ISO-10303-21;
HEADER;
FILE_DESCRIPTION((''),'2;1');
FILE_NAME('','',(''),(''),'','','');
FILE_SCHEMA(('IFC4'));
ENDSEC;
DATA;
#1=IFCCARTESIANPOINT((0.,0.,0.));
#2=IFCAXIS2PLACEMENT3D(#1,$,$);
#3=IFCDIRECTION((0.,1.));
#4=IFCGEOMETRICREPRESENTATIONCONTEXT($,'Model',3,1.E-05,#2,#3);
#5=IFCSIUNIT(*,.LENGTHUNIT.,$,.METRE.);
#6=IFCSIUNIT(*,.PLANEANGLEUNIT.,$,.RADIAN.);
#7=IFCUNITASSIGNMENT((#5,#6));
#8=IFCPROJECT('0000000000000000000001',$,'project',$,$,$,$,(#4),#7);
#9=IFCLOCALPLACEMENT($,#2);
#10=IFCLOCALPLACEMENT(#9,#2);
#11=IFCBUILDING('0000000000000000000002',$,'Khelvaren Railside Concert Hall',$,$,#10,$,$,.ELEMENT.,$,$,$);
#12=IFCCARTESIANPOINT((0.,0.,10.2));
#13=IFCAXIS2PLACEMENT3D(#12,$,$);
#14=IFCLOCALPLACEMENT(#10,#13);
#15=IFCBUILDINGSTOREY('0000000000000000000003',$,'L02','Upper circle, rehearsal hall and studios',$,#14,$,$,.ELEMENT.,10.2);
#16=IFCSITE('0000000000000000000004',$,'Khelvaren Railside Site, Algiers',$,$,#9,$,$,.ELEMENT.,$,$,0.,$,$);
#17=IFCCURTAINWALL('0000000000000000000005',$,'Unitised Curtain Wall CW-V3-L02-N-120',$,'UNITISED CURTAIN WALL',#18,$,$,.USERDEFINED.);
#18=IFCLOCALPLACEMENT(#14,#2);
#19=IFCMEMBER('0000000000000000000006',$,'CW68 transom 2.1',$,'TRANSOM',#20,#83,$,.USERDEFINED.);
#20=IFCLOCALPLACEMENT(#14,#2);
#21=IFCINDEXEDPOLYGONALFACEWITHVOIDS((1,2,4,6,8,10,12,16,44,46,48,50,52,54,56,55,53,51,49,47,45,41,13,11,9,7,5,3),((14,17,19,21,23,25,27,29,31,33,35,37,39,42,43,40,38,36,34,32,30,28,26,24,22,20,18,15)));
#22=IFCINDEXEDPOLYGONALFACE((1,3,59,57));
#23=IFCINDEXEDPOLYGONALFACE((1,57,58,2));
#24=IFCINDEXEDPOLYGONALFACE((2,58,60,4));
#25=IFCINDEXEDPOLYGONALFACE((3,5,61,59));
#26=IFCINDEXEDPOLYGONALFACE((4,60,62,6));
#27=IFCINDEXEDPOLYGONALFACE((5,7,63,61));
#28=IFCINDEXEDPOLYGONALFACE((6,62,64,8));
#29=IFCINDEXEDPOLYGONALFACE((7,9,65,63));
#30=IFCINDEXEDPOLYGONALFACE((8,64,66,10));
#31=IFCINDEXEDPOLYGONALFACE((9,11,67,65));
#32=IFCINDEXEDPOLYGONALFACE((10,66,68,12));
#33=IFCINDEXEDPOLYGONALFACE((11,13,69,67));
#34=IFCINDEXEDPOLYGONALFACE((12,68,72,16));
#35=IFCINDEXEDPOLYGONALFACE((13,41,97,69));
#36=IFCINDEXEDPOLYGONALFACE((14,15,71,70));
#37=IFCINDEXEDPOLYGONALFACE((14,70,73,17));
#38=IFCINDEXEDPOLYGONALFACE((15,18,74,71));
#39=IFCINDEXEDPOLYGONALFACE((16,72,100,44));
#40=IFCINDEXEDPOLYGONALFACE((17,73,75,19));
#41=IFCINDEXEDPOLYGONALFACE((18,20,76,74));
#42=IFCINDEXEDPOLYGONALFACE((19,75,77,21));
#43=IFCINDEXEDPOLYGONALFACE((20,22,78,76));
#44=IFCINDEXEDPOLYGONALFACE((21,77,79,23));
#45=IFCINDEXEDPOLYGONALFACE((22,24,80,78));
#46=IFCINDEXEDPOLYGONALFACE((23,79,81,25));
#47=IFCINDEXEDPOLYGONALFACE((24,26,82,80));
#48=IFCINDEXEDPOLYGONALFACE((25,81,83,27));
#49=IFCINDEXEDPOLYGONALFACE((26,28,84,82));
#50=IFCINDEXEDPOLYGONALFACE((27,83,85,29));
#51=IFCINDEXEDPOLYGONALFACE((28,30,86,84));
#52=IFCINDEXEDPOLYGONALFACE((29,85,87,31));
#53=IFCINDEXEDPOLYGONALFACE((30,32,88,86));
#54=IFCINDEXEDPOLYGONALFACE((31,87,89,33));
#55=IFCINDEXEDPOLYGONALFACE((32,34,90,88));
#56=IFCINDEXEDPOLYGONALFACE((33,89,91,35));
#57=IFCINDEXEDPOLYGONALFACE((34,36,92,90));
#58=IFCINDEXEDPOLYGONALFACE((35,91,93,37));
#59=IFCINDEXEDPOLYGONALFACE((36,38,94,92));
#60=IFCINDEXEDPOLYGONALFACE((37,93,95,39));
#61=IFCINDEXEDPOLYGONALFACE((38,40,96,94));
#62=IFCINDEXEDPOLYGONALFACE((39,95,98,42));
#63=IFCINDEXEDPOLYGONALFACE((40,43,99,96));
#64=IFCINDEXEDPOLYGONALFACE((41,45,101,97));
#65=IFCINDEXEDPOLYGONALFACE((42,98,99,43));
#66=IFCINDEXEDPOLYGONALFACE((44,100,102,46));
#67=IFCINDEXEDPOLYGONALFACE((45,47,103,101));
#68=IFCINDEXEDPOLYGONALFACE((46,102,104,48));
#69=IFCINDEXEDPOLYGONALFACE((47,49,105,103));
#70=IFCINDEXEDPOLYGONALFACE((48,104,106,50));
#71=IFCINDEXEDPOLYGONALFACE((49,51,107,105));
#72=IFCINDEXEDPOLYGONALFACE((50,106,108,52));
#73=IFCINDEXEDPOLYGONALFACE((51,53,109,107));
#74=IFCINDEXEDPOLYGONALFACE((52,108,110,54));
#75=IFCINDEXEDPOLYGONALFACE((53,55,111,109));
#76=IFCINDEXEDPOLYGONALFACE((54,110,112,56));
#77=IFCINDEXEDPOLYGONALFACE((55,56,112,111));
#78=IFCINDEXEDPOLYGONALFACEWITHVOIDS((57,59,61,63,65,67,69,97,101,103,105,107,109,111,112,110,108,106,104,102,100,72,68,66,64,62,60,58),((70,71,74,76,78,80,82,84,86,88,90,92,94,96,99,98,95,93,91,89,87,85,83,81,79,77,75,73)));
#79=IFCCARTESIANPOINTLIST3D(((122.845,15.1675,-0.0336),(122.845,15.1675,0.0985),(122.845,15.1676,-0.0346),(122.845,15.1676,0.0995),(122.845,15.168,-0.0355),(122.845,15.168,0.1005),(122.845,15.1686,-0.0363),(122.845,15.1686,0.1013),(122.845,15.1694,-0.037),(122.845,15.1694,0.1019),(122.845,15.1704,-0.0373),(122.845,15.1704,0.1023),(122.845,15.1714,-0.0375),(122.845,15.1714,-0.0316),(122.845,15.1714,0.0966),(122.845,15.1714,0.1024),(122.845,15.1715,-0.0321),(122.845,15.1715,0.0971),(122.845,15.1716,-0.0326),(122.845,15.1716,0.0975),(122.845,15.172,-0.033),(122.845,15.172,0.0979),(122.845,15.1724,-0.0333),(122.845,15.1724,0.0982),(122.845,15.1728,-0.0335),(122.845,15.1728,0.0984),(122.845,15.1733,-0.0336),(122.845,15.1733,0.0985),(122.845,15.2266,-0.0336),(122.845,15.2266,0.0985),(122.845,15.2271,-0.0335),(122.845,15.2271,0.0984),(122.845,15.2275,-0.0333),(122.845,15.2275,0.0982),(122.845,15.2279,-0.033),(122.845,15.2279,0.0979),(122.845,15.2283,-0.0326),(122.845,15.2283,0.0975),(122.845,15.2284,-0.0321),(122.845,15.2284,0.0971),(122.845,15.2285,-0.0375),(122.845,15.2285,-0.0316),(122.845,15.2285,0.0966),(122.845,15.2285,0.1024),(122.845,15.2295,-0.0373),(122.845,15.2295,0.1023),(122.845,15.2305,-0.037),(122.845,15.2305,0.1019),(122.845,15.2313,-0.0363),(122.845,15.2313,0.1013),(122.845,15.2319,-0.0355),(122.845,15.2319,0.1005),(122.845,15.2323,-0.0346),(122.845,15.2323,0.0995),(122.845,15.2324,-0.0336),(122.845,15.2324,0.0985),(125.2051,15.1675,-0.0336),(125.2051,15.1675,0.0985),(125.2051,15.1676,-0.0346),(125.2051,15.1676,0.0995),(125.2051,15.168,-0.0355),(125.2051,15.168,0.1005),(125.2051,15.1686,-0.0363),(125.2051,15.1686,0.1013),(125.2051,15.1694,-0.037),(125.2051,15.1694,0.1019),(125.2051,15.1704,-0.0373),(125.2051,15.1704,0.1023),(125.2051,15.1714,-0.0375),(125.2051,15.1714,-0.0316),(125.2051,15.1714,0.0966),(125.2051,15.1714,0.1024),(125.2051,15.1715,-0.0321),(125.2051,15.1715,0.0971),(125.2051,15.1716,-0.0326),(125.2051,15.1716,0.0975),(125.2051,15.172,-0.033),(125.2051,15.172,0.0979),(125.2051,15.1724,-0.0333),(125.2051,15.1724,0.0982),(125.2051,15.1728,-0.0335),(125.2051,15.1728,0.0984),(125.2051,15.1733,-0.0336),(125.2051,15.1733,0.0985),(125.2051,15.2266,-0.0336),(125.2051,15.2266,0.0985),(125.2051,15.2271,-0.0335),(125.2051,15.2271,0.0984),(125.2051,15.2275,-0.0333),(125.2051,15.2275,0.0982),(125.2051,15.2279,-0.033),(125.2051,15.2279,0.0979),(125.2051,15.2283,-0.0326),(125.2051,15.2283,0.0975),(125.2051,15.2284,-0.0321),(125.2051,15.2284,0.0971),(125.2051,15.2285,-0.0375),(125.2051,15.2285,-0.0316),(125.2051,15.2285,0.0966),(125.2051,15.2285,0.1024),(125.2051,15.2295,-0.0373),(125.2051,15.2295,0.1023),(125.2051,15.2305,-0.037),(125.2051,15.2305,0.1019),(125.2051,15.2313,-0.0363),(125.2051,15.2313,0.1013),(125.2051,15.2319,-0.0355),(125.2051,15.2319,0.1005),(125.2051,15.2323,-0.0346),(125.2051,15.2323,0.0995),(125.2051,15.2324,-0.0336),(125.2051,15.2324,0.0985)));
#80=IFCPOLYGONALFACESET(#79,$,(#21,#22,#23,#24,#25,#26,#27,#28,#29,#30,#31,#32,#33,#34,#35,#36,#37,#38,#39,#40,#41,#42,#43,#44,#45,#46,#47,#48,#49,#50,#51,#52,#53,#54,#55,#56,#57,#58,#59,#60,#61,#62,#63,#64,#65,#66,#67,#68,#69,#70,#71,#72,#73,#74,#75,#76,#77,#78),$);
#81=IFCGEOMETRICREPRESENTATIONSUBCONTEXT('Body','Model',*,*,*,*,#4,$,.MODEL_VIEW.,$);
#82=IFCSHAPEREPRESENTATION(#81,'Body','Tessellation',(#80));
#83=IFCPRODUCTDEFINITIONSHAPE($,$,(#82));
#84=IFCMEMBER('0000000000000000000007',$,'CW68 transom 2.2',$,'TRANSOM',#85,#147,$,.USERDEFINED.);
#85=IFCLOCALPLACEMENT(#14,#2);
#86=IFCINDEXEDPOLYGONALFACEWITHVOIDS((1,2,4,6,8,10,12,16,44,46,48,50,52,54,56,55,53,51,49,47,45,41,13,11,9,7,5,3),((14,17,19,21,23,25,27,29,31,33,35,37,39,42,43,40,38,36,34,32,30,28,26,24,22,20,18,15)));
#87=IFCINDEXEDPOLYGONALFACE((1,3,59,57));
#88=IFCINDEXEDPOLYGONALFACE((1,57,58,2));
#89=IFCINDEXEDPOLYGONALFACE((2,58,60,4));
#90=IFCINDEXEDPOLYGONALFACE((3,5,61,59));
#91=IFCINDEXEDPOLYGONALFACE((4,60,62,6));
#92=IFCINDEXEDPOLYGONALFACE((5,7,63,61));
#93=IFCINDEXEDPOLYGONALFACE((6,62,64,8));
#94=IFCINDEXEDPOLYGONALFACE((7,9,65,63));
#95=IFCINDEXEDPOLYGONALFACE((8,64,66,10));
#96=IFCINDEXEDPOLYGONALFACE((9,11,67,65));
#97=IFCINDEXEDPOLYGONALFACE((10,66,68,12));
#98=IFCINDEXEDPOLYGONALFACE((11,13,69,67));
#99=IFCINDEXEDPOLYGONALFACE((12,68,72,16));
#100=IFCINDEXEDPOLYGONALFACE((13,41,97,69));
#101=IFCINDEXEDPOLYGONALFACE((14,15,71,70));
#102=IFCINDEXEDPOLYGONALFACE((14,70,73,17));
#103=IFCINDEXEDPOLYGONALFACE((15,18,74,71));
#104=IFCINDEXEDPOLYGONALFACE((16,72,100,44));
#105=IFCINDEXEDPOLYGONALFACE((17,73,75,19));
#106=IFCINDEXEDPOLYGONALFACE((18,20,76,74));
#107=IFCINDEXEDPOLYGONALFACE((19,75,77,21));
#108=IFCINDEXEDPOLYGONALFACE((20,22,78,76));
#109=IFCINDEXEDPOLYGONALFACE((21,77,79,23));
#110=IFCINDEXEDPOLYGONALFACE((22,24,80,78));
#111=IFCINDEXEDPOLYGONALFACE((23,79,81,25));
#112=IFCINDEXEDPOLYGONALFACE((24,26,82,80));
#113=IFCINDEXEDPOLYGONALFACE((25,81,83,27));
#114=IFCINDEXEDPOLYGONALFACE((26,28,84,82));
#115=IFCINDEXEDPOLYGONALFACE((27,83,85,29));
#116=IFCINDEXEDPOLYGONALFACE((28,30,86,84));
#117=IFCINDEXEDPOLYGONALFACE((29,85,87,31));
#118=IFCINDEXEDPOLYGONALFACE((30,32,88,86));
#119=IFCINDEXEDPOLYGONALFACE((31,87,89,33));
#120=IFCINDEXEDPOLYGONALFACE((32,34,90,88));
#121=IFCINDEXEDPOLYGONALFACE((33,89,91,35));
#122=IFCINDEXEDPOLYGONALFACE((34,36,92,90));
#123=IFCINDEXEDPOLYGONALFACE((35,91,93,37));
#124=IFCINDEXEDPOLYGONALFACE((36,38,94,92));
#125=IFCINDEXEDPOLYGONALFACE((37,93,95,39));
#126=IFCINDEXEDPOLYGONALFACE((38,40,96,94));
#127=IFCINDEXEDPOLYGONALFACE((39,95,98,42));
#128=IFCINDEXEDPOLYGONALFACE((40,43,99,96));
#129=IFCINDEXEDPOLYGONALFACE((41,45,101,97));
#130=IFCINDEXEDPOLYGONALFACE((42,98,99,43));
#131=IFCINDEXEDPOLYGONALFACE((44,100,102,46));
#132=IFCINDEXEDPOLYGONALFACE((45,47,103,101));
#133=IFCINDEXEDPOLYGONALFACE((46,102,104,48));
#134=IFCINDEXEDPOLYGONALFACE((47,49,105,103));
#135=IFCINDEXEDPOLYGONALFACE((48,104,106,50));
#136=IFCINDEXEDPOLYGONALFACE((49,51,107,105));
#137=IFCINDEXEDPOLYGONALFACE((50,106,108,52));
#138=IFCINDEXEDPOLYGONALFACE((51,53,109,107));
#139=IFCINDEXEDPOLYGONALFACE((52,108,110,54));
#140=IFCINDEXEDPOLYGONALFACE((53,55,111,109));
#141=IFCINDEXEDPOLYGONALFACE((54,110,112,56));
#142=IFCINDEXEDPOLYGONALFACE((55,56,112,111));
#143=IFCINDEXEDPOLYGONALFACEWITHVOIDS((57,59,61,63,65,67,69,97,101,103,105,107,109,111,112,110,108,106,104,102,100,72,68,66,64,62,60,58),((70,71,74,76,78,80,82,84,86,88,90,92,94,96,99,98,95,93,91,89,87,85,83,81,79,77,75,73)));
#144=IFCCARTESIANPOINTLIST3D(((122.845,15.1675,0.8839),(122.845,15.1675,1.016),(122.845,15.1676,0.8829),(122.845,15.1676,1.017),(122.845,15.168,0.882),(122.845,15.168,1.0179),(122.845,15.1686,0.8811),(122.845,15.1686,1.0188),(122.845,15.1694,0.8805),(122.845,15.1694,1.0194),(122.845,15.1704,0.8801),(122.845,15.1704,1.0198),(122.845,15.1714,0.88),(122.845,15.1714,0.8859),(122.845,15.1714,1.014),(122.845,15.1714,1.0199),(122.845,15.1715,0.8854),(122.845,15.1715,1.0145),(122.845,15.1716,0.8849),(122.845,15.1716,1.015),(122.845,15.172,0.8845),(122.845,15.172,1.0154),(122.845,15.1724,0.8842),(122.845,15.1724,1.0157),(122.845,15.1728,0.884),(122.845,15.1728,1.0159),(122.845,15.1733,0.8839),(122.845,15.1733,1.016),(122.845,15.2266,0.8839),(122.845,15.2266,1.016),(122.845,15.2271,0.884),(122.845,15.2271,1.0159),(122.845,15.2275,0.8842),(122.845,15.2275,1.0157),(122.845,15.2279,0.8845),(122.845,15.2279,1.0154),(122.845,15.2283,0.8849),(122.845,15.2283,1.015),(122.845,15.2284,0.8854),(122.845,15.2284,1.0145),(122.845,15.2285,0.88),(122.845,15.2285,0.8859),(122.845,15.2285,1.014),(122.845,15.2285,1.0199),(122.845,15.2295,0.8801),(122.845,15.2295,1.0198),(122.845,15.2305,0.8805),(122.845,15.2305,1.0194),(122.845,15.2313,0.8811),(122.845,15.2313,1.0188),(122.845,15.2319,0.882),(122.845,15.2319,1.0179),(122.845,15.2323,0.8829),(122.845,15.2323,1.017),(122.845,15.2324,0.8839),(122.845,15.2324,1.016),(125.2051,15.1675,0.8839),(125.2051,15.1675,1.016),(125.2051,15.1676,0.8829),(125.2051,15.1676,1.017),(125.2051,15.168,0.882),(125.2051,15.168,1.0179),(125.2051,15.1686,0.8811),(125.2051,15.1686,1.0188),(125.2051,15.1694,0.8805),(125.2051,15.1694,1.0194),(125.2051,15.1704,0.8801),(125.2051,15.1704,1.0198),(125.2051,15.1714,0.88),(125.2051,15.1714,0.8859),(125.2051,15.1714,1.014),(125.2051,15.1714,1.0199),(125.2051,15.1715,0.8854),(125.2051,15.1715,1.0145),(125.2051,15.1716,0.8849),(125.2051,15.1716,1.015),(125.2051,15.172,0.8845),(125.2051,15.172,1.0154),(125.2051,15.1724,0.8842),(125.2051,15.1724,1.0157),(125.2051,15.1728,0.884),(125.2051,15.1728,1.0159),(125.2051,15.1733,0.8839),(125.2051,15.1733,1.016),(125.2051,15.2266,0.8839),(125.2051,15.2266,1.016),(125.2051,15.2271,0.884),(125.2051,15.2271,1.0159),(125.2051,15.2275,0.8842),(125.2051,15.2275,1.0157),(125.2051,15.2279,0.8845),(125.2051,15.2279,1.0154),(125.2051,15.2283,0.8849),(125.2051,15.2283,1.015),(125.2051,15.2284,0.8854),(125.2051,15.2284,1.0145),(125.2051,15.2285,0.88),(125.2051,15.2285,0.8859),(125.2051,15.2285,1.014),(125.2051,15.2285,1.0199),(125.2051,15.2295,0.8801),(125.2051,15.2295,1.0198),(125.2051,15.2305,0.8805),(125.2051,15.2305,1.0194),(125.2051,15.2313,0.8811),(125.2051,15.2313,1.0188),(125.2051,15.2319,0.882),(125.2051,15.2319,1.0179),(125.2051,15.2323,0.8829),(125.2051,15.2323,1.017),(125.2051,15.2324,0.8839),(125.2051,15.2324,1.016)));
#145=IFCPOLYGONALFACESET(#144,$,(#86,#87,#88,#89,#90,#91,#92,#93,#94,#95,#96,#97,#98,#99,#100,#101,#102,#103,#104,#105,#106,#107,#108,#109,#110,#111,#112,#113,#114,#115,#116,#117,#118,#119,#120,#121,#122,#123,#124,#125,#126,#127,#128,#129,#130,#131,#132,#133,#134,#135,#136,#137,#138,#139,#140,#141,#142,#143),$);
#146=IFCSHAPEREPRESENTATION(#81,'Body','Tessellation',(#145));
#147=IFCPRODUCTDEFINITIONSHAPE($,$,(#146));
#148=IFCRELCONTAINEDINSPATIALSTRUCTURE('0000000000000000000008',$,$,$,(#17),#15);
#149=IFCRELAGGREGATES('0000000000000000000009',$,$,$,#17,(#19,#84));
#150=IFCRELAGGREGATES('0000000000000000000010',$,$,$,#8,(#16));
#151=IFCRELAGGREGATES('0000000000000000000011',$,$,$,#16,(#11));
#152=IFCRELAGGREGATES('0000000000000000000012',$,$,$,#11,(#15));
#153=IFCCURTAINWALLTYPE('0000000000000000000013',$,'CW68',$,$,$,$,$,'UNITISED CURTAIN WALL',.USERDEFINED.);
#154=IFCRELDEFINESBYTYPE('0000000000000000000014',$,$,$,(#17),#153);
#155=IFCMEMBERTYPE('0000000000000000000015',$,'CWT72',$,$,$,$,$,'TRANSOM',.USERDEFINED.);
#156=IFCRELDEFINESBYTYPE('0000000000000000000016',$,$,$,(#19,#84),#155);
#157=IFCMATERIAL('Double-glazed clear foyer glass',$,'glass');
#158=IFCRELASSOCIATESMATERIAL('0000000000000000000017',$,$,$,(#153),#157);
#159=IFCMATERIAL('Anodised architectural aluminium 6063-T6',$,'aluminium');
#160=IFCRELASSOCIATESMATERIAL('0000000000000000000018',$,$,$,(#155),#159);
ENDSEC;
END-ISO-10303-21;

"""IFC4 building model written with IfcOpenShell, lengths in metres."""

from ifc_helpers import new_model, si_unit, direction, frame, origin, origin_2d, place, context, subcontext, project, spatial, hollow_rectangle, extrude, material, material_profile, profile_set, type_object, element, aggregate, save


model = new_model("IFC4")

# Units and contexts
model_context = context("Model", 3, precision=1e-05, world=origin(), true_north=direction((0.0, 1.0)))
body_context = subcontext(model_context, "Body", "Model", "MODEL_VIEW")
ifc_project = project(units=[si_unit("LENGTHUNIT", "METRE"), si_unit("PLANEANGLEUNIT", "RADIAN")], contexts=[model_context])

# Site, building, storey
site_placement = place(None, origin())
site = spatial("IfcSite", under=ifc_project, at=site_placement, Name="Khelvaren Railside Site, Algiers", CompositionType="ELEMENT", RefElevation=0.0)
building_placement = place(site_placement, origin())
building = spatial("IfcBuilding", under=site, at=building_placement, Name="Khelvaren Railside Concert Hall", CompositionType="ELEMENT")
storey_placement = place(building_placement, frame((0.0, 0.0, 10.2)))
storey = spatial("IfcBuildingStorey", under=building, at=storey_placement, Name="L02", Description="Upper circle, rehearsal hall and studios", CompositionType="ELEMENT", Elevation=10.2)

# Curtain wall, members
ifc_material_1 = material(Name="Double-glazed clear foyer glass", Category="glass")
curtain_wall_type = type_object("IfcCurtainWallType", Name="CW68", ElementType="UNITISED CURTAIN WALL", PredefinedType="USERDEFINED", material=ifc_material_1)
curtain_wall_placement = place(storey_placement, origin())
curtain_wall = element("IfcCurtainWall", 1, at=curtain_wall_placement, inside=storey, type_object=curtain_wall_type, Name="Unitised Curtain Wall CW-V3-L02-N-120", ObjectType="UNITISED CURTAIN WALL", PredefinedType="USERDEFINED")
ifc_material_2 = material(Name="Anodised architectural aluminium 6063-T6", Category="aluminium")
ifc_material_profile_1 = material_profile(ifc_material_2, hollow_rectangle(XDim=0.0649, YDim=0.1399, WallThickness=0.0039, InnerFilletRadius=0.002, OuterFilletRadius=0.0039, at=origin_2d()), Name="CWT 65x140x4")
ifc_profile_set_1 = profile_set([ifc_material_profile_1], Name="Anodised architectural aluminium 6063-T6")
member_type_1 = type_object("IfcMemberType", Name="CWT72", ElementType="TRANSOM", PredefinedType="USERDEFINED", material=ifc_profile_set_1)
member_1_placement = place(storey_placement, frame((122.845, 15.2, 0.0325), z_axis=(1.0, 0.0, 0.0), x_axis=(0.0, 1.0, 0.0)))
member_1 = element("IfcMember", 2, at=member_1_placement, type_object=member_type_1, Name="CW68 transom 2.1", ObjectType="TRANSOM", PredefinedType="USERDEFINED", context=body_context, shape_type="SweptSolid", body=[
    extrude(hollow_rectangle(XDim=0.0649, YDim=0.1399, WallThickness=0.0039, InnerFilletRadius=0.002, OuterFilletRadius=0.0039, at=origin_2d()), origin(), (0.0, 0.0, 1.0), 2.3601),
])
member_2_placement = place(storey_placement, frame((122.845, 15.2, 0.95), z_axis=(1.0, 0.0, 0.0), x_axis=(0.0, 1.0, 0.0)))
member_2 = element("IfcMember", 3, at=member_2_placement, type_object=member_type_1, Name="CW68 transom 2.2", ObjectType="TRANSOM", PredefinedType="USERDEFINED", context=body_context, shape_type="SweptSolid", body=[
    extrude(hollow_rectangle(XDim=0.0649, YDim=0.1399, WallThickness=0.0039, InnerFilletRadius=0.002, OuterFilletRadius=0.0039, at=origin_2d()), origin(), (0.0, 0.0, 1.0), 2.3601),
])
aggregate(curtain_wall, [member_1, member_2])

save(model, "model.ifc")
